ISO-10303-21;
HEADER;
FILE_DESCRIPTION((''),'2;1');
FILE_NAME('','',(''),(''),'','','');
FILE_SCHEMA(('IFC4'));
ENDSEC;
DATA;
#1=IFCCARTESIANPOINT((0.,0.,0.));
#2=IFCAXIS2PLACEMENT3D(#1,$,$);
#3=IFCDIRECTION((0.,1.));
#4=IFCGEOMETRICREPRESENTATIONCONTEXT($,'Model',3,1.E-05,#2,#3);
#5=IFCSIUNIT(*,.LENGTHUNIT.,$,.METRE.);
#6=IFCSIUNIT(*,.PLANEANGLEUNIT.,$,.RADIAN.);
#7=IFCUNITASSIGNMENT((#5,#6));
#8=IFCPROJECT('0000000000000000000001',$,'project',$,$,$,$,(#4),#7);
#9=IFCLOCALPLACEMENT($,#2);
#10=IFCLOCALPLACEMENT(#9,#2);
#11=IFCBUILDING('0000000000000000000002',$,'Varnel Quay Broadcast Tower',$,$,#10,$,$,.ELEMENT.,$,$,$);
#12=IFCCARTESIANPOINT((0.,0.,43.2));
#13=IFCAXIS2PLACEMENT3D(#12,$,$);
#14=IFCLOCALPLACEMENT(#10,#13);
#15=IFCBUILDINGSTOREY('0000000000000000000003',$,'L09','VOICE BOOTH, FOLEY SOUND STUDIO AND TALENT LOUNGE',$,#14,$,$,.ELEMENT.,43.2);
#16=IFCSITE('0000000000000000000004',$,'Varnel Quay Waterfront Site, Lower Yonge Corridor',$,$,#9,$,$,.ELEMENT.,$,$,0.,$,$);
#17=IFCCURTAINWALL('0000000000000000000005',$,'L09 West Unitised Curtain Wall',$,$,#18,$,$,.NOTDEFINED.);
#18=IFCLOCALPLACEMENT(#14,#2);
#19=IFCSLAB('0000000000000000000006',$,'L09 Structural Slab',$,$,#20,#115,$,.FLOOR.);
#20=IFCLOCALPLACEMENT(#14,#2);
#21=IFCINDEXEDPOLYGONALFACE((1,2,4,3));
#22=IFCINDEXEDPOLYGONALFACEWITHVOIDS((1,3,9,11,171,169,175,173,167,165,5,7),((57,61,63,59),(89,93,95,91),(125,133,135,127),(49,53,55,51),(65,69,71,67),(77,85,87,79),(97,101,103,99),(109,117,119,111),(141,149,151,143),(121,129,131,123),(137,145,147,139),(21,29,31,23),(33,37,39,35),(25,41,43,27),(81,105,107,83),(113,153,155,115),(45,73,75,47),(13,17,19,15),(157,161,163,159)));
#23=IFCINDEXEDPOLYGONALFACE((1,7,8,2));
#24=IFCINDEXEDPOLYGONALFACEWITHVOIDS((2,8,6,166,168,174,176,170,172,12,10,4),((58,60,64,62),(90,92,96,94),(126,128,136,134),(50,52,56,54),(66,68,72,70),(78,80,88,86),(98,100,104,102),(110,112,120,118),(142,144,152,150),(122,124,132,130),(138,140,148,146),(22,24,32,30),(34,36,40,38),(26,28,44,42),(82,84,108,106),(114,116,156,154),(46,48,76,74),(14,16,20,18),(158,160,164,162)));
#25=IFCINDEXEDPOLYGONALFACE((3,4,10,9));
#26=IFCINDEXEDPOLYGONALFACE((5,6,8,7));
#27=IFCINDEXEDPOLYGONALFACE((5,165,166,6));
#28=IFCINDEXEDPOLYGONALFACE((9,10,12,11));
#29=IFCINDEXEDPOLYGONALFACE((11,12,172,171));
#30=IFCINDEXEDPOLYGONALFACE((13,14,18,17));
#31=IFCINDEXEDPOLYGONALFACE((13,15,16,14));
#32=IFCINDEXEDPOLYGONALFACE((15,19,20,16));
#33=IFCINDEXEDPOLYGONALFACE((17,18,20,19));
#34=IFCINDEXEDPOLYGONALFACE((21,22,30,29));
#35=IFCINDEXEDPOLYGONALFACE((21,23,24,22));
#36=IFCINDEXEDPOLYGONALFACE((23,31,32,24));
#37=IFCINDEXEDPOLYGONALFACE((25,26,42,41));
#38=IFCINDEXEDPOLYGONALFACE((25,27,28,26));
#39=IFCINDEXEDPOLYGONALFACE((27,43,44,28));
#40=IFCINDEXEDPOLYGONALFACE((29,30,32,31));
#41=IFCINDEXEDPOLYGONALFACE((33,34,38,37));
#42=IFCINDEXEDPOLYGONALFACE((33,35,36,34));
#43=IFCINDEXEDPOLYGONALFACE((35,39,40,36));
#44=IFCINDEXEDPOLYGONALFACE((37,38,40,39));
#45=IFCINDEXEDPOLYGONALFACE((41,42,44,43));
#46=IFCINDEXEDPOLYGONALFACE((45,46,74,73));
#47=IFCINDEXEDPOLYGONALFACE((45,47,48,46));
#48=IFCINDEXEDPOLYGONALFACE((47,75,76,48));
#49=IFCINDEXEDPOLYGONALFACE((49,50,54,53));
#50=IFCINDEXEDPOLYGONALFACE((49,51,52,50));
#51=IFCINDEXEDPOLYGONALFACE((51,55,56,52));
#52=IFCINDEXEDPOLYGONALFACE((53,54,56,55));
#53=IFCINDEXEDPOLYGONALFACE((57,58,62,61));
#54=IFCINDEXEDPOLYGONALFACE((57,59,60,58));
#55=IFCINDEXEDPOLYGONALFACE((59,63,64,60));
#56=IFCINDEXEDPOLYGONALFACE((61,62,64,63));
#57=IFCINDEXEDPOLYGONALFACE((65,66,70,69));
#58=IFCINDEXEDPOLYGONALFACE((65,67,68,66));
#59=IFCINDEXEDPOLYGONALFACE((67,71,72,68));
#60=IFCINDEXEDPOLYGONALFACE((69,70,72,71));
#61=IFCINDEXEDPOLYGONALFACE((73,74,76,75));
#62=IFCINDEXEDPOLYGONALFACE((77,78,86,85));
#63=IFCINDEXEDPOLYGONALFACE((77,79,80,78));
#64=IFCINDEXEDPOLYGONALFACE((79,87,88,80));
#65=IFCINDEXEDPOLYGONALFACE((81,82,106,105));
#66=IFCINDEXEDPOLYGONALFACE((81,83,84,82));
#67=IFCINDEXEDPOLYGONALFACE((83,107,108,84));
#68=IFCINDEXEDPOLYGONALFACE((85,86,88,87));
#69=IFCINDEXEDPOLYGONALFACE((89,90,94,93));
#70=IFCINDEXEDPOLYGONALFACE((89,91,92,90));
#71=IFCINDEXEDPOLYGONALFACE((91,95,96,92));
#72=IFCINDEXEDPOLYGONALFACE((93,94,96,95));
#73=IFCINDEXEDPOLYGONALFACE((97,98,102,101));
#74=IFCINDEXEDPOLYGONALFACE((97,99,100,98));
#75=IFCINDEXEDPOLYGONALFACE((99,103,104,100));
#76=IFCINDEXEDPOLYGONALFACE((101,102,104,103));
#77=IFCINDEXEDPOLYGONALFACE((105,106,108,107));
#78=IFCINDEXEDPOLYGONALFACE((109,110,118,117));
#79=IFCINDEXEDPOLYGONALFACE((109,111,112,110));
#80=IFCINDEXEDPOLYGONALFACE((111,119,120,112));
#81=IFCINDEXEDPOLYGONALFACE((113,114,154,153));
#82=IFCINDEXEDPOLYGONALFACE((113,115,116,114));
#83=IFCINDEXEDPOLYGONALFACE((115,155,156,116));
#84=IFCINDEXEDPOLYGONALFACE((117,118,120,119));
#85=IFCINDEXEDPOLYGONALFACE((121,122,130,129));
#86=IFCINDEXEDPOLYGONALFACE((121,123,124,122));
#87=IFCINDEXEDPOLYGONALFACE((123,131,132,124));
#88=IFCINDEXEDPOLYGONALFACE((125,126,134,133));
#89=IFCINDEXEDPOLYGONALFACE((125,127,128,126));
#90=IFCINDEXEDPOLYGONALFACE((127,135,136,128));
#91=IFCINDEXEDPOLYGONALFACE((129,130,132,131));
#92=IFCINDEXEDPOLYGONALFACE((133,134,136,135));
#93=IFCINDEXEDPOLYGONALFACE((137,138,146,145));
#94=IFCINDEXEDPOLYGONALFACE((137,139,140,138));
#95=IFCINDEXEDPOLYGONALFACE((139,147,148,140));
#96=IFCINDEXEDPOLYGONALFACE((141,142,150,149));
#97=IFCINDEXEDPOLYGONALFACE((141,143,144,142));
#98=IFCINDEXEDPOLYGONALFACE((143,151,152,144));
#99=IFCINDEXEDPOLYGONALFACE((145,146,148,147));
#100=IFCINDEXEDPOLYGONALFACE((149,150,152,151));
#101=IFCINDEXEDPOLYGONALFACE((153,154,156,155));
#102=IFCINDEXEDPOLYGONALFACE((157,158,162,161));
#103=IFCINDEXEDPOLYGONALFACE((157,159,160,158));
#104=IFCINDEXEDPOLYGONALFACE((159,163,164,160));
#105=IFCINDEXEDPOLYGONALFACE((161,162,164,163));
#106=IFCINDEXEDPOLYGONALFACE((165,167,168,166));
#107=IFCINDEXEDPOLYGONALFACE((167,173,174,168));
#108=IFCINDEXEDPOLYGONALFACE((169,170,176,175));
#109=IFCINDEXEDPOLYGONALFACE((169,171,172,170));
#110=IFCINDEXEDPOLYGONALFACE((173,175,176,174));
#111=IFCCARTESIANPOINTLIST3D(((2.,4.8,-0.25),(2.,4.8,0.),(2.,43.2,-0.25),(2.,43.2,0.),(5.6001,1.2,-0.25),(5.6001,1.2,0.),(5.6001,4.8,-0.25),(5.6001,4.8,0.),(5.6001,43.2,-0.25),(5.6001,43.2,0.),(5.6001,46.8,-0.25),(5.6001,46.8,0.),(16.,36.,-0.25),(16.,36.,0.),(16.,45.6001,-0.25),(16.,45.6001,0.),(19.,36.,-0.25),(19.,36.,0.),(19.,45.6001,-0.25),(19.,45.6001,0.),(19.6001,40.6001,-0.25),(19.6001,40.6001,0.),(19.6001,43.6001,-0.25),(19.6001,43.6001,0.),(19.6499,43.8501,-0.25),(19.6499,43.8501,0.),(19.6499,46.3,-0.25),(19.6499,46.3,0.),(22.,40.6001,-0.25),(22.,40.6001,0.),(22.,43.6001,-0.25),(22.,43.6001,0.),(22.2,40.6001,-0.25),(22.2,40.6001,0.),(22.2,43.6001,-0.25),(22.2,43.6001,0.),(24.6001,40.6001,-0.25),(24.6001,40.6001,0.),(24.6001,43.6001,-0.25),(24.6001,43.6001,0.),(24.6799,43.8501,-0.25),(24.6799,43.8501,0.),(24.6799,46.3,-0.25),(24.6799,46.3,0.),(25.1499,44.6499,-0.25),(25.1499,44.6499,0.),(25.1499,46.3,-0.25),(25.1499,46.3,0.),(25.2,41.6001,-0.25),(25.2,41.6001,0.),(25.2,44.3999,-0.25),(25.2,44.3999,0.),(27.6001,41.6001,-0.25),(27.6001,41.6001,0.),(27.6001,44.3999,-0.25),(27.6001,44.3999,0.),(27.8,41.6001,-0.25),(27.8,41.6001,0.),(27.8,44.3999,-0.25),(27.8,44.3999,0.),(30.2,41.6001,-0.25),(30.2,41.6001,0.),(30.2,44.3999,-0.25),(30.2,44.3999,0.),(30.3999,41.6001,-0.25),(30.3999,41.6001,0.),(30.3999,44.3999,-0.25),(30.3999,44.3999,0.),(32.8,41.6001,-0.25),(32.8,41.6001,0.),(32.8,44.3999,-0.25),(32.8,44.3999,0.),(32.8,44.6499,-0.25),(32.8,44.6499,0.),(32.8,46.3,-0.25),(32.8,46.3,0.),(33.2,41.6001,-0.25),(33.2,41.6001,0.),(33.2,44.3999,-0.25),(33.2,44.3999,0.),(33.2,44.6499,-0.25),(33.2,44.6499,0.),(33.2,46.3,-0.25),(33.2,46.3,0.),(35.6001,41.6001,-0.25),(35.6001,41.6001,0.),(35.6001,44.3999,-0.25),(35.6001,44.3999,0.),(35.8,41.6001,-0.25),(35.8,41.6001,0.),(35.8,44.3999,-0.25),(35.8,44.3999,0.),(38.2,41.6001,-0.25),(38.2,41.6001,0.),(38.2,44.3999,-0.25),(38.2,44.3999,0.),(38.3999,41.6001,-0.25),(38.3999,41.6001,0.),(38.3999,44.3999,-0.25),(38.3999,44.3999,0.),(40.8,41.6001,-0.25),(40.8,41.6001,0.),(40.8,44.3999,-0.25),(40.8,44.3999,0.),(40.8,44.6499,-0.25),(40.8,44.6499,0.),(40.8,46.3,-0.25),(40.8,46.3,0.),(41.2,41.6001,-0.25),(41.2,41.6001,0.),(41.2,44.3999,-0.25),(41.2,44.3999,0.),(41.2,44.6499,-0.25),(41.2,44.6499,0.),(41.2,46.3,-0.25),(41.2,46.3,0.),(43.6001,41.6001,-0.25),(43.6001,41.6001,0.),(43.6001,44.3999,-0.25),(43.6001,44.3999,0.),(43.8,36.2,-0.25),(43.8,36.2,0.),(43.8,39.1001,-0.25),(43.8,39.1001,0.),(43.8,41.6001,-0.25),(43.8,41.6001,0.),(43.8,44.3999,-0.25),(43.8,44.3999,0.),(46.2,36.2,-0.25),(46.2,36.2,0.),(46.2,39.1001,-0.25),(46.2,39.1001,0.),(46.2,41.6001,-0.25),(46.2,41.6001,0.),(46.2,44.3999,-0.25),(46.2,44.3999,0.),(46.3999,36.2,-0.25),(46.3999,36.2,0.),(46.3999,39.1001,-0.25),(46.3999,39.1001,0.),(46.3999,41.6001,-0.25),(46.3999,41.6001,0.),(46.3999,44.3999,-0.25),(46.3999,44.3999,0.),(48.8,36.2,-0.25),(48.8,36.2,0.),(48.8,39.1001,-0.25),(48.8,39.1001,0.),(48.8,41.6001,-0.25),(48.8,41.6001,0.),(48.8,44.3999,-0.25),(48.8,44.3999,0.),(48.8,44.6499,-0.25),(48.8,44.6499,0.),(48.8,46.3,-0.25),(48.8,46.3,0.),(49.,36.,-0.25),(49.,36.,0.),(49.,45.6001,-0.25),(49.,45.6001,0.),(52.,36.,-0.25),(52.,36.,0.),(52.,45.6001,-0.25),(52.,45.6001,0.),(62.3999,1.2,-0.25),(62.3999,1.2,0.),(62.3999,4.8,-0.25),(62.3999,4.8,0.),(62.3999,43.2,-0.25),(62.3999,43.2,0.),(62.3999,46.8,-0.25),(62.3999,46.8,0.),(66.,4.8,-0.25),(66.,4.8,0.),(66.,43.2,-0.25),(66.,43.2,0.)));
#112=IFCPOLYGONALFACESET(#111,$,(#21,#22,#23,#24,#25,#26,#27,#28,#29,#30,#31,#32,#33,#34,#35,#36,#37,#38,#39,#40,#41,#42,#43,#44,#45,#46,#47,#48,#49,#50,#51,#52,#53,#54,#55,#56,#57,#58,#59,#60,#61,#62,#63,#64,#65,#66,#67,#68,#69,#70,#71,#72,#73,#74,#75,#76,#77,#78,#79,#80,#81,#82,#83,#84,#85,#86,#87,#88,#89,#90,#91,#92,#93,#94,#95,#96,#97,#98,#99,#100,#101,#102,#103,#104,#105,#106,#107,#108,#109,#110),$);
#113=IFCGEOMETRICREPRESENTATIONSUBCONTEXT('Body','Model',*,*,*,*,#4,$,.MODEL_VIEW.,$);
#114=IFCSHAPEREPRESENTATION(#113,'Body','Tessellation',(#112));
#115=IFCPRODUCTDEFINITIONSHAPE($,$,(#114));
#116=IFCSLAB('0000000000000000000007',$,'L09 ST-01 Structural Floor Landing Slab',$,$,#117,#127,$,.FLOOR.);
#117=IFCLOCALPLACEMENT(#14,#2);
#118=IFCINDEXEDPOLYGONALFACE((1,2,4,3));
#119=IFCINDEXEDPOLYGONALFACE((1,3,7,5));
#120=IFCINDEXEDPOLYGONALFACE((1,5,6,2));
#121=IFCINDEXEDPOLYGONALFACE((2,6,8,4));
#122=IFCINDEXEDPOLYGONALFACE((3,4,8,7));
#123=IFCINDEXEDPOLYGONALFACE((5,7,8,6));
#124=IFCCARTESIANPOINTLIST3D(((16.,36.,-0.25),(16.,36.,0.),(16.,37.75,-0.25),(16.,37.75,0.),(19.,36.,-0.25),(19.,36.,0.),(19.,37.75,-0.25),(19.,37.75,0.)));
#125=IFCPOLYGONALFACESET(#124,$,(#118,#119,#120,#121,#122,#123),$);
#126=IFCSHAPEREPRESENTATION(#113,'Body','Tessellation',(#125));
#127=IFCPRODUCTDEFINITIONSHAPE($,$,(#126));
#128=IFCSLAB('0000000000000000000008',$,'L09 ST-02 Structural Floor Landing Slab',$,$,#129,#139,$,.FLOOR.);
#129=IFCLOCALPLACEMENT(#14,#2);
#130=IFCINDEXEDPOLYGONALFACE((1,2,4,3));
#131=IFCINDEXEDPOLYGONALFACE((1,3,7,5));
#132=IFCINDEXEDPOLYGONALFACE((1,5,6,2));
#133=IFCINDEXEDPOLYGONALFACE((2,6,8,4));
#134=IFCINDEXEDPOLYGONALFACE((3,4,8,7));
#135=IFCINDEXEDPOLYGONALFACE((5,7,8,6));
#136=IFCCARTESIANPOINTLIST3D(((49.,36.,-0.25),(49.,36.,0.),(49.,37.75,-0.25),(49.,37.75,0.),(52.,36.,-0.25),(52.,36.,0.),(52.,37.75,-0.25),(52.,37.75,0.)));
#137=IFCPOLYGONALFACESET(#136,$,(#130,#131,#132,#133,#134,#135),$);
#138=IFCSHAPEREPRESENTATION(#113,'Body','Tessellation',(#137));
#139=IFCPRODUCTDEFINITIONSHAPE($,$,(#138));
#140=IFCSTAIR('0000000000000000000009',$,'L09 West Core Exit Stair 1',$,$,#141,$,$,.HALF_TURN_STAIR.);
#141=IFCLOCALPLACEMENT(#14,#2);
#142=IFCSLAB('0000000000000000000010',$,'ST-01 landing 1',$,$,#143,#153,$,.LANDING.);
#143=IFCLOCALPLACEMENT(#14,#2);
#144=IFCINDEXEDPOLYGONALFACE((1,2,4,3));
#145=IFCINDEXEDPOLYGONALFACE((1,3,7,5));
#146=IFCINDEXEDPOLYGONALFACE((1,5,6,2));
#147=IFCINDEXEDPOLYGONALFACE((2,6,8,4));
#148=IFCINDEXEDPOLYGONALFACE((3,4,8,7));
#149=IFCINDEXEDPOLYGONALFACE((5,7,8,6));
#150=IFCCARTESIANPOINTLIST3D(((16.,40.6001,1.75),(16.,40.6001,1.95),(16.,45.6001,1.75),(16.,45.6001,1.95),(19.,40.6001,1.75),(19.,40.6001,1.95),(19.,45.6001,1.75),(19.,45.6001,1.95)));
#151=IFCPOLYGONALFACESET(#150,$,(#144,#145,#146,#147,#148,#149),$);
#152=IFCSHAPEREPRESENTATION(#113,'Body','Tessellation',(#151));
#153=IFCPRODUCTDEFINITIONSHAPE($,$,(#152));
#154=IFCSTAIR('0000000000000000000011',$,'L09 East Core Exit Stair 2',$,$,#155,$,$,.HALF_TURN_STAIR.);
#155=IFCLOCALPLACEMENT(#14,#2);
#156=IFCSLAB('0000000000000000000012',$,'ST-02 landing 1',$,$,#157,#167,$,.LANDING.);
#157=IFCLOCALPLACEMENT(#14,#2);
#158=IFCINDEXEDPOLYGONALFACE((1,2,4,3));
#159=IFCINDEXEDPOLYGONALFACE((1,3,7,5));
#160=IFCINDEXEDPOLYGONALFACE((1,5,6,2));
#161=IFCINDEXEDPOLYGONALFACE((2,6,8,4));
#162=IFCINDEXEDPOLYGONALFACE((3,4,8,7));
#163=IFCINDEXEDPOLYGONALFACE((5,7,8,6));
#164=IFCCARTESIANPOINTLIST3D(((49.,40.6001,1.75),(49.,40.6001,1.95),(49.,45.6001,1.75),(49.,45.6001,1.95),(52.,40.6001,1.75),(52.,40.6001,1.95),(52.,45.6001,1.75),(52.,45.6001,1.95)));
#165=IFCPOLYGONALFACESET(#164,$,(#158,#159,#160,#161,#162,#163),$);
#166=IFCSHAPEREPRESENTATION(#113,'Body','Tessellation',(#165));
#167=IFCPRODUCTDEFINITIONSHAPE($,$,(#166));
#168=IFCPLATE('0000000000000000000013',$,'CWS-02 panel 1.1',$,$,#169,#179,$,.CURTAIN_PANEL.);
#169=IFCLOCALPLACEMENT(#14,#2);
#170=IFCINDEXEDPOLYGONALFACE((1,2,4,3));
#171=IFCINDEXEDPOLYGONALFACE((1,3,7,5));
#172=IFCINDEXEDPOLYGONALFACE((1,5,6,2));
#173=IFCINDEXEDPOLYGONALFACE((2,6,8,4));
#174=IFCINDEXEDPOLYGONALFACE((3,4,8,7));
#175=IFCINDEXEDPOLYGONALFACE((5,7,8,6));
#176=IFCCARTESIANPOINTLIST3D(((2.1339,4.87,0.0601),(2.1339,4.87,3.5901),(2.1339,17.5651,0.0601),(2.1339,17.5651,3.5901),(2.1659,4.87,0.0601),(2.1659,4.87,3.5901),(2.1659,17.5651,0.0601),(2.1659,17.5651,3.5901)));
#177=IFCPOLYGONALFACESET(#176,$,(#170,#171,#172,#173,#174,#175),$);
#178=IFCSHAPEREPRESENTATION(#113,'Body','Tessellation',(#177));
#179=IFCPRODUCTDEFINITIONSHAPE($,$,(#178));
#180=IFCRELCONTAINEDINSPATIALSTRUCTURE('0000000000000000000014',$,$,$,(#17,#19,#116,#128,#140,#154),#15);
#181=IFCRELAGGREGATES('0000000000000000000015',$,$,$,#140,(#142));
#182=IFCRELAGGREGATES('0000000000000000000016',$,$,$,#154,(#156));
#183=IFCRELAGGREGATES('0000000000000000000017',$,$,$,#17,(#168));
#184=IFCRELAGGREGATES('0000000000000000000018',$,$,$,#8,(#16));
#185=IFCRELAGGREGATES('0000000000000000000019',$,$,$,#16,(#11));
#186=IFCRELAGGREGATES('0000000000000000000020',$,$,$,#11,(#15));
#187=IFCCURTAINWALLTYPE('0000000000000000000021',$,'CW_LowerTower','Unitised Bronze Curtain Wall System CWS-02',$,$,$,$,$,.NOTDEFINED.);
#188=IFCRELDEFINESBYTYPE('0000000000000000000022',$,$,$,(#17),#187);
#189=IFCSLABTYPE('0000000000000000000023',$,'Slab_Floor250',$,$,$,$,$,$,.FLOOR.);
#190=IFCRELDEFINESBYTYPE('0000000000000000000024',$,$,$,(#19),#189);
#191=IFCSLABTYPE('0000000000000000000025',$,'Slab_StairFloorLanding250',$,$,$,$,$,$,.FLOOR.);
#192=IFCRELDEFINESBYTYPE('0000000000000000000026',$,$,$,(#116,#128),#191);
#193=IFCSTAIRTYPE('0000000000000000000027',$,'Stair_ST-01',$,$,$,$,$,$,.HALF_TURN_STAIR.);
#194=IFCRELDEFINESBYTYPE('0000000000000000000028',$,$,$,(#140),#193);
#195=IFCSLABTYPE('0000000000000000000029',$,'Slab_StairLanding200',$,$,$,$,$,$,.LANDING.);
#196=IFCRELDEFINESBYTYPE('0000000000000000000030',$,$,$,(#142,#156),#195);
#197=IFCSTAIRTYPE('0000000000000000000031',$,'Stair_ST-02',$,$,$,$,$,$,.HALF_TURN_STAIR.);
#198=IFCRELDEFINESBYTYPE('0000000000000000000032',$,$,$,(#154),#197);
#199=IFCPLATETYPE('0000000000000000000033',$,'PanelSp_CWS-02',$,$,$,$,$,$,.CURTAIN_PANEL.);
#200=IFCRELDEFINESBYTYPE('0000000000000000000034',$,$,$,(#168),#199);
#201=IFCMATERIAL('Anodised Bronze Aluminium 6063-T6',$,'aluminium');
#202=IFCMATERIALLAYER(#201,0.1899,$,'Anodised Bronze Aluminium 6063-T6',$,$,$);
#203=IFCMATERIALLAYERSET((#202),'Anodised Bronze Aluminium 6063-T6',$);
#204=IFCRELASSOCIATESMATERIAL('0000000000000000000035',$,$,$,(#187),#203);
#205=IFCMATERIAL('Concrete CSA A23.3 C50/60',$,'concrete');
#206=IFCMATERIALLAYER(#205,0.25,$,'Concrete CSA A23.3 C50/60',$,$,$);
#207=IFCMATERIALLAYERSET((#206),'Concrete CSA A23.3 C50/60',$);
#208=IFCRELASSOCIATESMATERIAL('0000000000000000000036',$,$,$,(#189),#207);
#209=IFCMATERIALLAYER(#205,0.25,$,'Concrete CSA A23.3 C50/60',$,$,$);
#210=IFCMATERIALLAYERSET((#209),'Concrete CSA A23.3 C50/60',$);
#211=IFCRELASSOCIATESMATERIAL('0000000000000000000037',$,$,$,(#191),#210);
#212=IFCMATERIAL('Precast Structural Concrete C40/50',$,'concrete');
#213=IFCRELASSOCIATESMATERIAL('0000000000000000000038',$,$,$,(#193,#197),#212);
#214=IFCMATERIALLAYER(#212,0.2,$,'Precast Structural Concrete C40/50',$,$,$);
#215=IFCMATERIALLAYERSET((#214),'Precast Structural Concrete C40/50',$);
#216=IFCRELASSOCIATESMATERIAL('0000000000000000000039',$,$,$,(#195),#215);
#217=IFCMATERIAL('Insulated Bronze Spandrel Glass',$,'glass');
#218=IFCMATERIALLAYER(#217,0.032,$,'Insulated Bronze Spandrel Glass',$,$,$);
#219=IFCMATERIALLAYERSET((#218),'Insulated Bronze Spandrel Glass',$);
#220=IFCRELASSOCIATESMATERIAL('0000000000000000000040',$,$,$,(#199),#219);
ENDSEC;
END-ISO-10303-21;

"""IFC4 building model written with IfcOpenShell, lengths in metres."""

from ifc_helpers import new_model, si_unit, direction, frame, origin, origin_2d, place, context, subcontext, project, spatial, polyline, rectangle, outline, extrude, source, transform, mapped, material, layer, layer_set, type_object, type_shapes, element, aggregate, save


model = new_model("IFC4")

# Units and contexts
model_context = context("Model", 3, precision=1e-05, world=origin(), true_north=direction((0.0, 1.0)))
body_context = subcontext(model_context, "Body", "Model", "MODEL_VIEW")
ifc_project = project(units=[si_unit("LENGTHUNIT", "METRE"), si_unit("PLANEANGLEUNIT", "RADIAN")], contexts=[model_context])

# Site, building, storey
site_placement = place(None, origin())
site = spatial("IfcSite", under=ifc_project, at=site_placement, Name="Varnel Quay Waterfront Site, Lower Yonge Corridor", CompositionType="ELEMENT", RefElevation=0.0)
building_placement = place(site_placement, origin())
building = spatial("IfcBuilding", under=site, at=building_placement, Name="Varnel Quay Broadcast Tower", CompositionType="ELEMENT")
storey_placement = place(building_placement, frame((0.0, 0.0, 43.2)))
storey = spatial("IfcBuildingStorey", under=building, at=storey_placement, Name="L09", Description="VOICE BOOTH, FOLEY SOUND STUDIO AND TALENT LOUNGE", CompositionType="ELEMENT", Elevation=43.2)

# Curtain wall
ifc_material_1 = material(Name="Anodised Bronze Aluminium 6063-T6", Category="aluminium")
ifc_layer_1 = layer(ifc_material_1, 0.1899, Name="Anodised Bronze Aluminium 6063-T6")
ifc_layer_set_1 = layer_set([ifc_layer_1], Name="Anodised Bronze Aluminium 6063-T6")
curtain_wall_type_1 = type_object("IfcCurtainWallType", Name="CW_LowerTower", Description="Unitised Bronze Curtain Wall System CWS-02", PredefinedType="NOTDEFINED", material=ifc_layer_set_1)
curtain_wall_1_placement = place(storey_placement, origin())
curtain_wall_1 = element("IfcCurtainWall", 1, at=curtain_wall_1_placement, inside=storey, type_object=curtain_wall_type_1, Name="L09 West Unitised Curtain Wall", PredefinedType="NOTDEFINED")

# Slabs
ifc_material_2 = material(Name="Concrete CSA A23.3 C50/60", Category="concrete")
ifc_layer_2 = layer(ifc_material_2, 0.25, Name="Concrete CSA A23.3 C50/60")
ifc_layer_set_2 = layer_set([ifc_layer_2], Name="Concrete CSA A23.3 C50/60")
slab_type_1 = type_object("IfcSlabType", Name="Slab_Floor250", PredefinedType="FLOOR", material=ifc_layer_set_2)
slab_1_placement = place(storey_placement, frame((0.0, 0.0, -0.25)))
element("IfcSlab", 2, at=slab_1_placement, inside=storey, type_object=slab_type_1, Name="L09 Structural Slab", PredefinedType="FLOOR", context=body_context, shape_type="SweptSolid", body=[
    extrude(outline(polyline([(5.6001, 1.2), (62.3999, 1.2), (62.3999, 4.8), (66.0, 4.8), (66.0, 43.2), (62.3999, 43.2), (62.3999, 46.8), (5.6001, 46.8), (5.6001, 43.2), (2.0, 43.2), (2.0, 4.8), (5.6001, 4.8), (5.6001, 1.2)]), holes=[polyline([(16.0, 36.0), (16.0, 45.6001), (19.0, 45.6001), (19.0, 36.0), (16.0, 36.0)]), polyline([(19.6001, 43.6001), (22.0, 43.6001), (22.0, 40.6001), (19.6001, 40.6001), (19.6001, 43.6001)]), polyline([(22.2, 43.6001), (24.6001, 43.6001), (24.6001, 40.6001), (22.2, 40.6001), (22.2, 43.6001)]), polyline([(25.2, 44.3999), (27.6001, 44.3999), (27.6001, 41.6001), (25.2, 41.6001), (25.2, 44.3999)]), polyline([(27.8, 44.3999), (30.2, 44.3999), (30.2, 41.6001), (27.8, 41.6001), (27.8, 44.3999)]), polyline([(30.3999, 44.3999), (32.8, 44.3999), (32.8, 41.6001), (30.3999, 41.6001), (30.3999, 44.3999)]), polyline([(33.2, 44.3999), (35.6001, 44.3999), (35.6001, 41.6001), (33.2, 41.6001), (33.2, 44.3999)]), polyline([(38.2, 44.3999), (38.2, 41.6001), (35.8, 41.6001), (35.8, 44.3999), (38.2, 44.3999)]), polyline([(24.6799, 46.3), (24.6799, 43.8501), (19.6499, 43.8501), (19.6499, 46.3), (24.6799, 46.3)]), polyline([(25.1499, 46.3), (32.8, 46.3), (32.8, 44.6499), (25.1499, 44.6499), (25.1499, 46.3)]), polyline([(43.8, 39.1001), (46.2, 39.1001), (46.2, 36.2), (43.8, 36.2), (43.8, 39.1001)]), polyline([(46.3999, 39.1001), (48.8, 39.1001), (48.8, 36.2), (46.3999, 36.2), (46.3999, 39.1001)]), polyline([(49.0, 45.6001), (52.0, 45.6001), (52.0, 36.0), (49.0, 36.0), (49.0, 45.6001)]), polyline([(40.8, 44.3999), (40.8, 41.6001), (38.3999, 41.6001), (38.3999, 44.3999), (40.8, 44.3999)]), polyline([(41.2, 44.3999), (43.6001, 44.3999), (43.6001, 41.6001), (41.2, 41.6001), (41.2, 44.3999)]), polyline([(43.8, 44.3999), (46.2, 44.3999), (46.2, 41.6001), (43.8, 41.6001), (43.8, 44.3999)]), polyline([(46.3999, 44.3999), (48.8, 44.3999), (48.8, 41.6001), (46.3999, 41.6001), (46.3999, 44.3999)]), polyline([(40.8, 46.3), (40.8, 44.6499), (33.2, 44.6499), (33.2, 46.3), (40.8, 46.3)]), polyline([(48.8, 46.3), (48.8, 44.6499), (41.2, 44.6499), (41.2, 46.3), (48.8, 46.3)])]), origin(), (0.0, 0.0, 1.0), 0.25),
])
ifc_layer_3 = layer(ifc_material_2, 0.25, Name="Concrete CSA A23.3 C50/60")
ifc_layer_set_3 = layer_set([ifc_layer_3], Name="Concrete CSA A23.3 C50/60")
slab_type_2 = type_object("IfcSlabType", Name="Slab_StairFloorLanding250", PredefinedType="FLOOR", material=ifc_layer_set_3)
slab_2_placement = place(storey_placement, frame((0.0, 0.0, -0.25)))
element("IfcSlab", 3, at=slab_2_placement, inside=storey, type_object=slab_type_2, Name="L09 ST-01 Structural Floor Landing Slab", PredefinedType="FLOOR", context=body_context, shape_type="SweptSolid", body=[
    extrude(outline(polyline([(19.0, 36.0), (19.0, 37.75), (16.0, 37.75), (16.0, 36.0), (19.0, 36.0)])), origin(), (0.0, 0.0, 1.0), 0.25),
])
slab_3_placement = place(storey_placement, frame((0.0, 0.0, -0.25)))
element("IfcSlab", 4, at=slab_3_placement, inside=storey, type_object=slab_type_2, Name="L09 ST-02 Structural Floor Landing Slab", PredefinedType="FLOOR", context=body_context, shape_type="SweptSolid", body=[
    extrude(outline(polyline([(52.0, 36.0), (52.0, 37.75), (49.0, 37.75), (49.0, 36.0), (52.0, 36.0)])), origin(), (0.0, 0.0, 1.0), 0.25),
])

# Stairs, slabs
ifc_material_3 = material(Name="Precast Structural Concrete C40/50", Category="concrete")
stair_type_1 = type_object("IfcStairType", Name="Stair_ST-01", PredefinedType="HALF_TURN_STAIR", material=ifc_material_3)
stair_1_placement = place(storey_placement, origin())
stair_1 = element("IfcStair", 5, at=stair_1_placement, inside=storey, type_object=stair_type_1, Name="L09 West Core Exit Stair 1", PredefinedType="HALF_TURN_STAIR")
ifc_layer_4 = layer(ifc_material_3, 0.2, Name="Precast Structural Concrete C40/50")
ifc_layer_set_4 = layer_set([ifc_layer_4], Name="Precast Structural Concrete C40/50")
slab_type_3 = type_object("IfcSlabType", Name="Slab_StairLanding200", PredefinedType="LANDING", material=ifc_layer_set_4)
slab_4_placement = place(storey_placement, frame((0.0, 0.0, 1.75)))
slab_4 = element("IfcSlab", 6, at=slab_4_placement, type_object=slab_type_3, Name="ST-01 landing 1", PredefinedType="LANDING", context=body_context, shape_type="SweptSolid", body=[
    extrude(outline(polyline([(19.0, 40.6001), (19.0, 45.6001), (16.0, 45.6001), (16.0, 40.6001), (19.0, 40.6001)])), origin(), (0.0, 0.0, 1.0), 0.2),
])
aggregate(stair_1, [slab_4])
stair_type_2 = type_object("IfcStairType", Name="Stair_ST-02", PredefinedType="HALF_TURN_STAIR", material=ifc_material_3)
stair_2_placement = place(storey_placement, origin())
stair_2 = element("IfcStair", 7, at=stair_2_placement, inside=storey, type_object=stair_type_2, Name="L09 East Core Exit Stair 2", PredefinedType="HALF_TURN_STAIR")
slab_5_placement = place(storey_placement, frame((0.0, 0.0, 1.75)))
slab_5 = element("IfcSlab", 8, at=slab_5_placement, type_object=slab_type_3, Name="ST-02 landing 1", PredefinedType="LANDING", context=body_context, shape_type="SweptSolid", body=[
    extrude(outline(polyline([(52.0, 40.6001), (52.0, 45.6001), (49.0, 45.6001), (49.0, 40.6001), (52.0, 40.6001)])), origin(), (0.0, 0.0, 1.0), 0.2),
])
aggregate(stair_2, [slab_5])

# Plate
ifc_material_4 = material(Name="Insulated Bronze Spandrel Glass", Category="glass")
ifc_layer_5 = layer(ifc_material_4, 0.032, Name="Insulated Bronze Spandrel Glass")
ifc_layer_set_5 = layer_set([ifc_layer_5], Name="Insulated Bronze Spandrel Glass")
plate_type_1 = type_object("IfcPlateType", Name="PanelSp_CWS-02", PredefinedType="CURTAIN_PANEL", material=ifc_layer_set_5)
shared_shape_1 = source(origin(), body_context, "Body", "SweptSolid", [
    extrude(rectangle(XDim=12.6951, YDim=0.032, at=origin_2d()), origin(), (0.0, 0.0, 1.0), 3.53),
])
type_shapes(plate_type_1, [shared_shape_1])
plate_1_placement = place(storey_placement, frame((2.1499, 11.2175, 0.0601), z_axis=(0.0, 0.0, 1.0), x_axis=(0.0, 1.0, 0.0)))
plate_1 = element("IfcPlate", 9, at=plate_1_placement, type_object=plate_type_1, Name="CWS-02 panel 1.1", PredefinedType="CURTAIN_PANEL", context=body_context, shape_type="MappedRepresentation", body=[
    mapped(shared_shape_1, transform((0.0, 0.0, 0.0), x_axis=(1.0, 0.0, 0.0), y_axis=(0.0, 1.0, 0.0), z_axis=(0.0, 0.0, 1.0), scale=1.0)),
])
aggregate(curtain_wall_1, [plate_1])

save(model, "model.ifc")
